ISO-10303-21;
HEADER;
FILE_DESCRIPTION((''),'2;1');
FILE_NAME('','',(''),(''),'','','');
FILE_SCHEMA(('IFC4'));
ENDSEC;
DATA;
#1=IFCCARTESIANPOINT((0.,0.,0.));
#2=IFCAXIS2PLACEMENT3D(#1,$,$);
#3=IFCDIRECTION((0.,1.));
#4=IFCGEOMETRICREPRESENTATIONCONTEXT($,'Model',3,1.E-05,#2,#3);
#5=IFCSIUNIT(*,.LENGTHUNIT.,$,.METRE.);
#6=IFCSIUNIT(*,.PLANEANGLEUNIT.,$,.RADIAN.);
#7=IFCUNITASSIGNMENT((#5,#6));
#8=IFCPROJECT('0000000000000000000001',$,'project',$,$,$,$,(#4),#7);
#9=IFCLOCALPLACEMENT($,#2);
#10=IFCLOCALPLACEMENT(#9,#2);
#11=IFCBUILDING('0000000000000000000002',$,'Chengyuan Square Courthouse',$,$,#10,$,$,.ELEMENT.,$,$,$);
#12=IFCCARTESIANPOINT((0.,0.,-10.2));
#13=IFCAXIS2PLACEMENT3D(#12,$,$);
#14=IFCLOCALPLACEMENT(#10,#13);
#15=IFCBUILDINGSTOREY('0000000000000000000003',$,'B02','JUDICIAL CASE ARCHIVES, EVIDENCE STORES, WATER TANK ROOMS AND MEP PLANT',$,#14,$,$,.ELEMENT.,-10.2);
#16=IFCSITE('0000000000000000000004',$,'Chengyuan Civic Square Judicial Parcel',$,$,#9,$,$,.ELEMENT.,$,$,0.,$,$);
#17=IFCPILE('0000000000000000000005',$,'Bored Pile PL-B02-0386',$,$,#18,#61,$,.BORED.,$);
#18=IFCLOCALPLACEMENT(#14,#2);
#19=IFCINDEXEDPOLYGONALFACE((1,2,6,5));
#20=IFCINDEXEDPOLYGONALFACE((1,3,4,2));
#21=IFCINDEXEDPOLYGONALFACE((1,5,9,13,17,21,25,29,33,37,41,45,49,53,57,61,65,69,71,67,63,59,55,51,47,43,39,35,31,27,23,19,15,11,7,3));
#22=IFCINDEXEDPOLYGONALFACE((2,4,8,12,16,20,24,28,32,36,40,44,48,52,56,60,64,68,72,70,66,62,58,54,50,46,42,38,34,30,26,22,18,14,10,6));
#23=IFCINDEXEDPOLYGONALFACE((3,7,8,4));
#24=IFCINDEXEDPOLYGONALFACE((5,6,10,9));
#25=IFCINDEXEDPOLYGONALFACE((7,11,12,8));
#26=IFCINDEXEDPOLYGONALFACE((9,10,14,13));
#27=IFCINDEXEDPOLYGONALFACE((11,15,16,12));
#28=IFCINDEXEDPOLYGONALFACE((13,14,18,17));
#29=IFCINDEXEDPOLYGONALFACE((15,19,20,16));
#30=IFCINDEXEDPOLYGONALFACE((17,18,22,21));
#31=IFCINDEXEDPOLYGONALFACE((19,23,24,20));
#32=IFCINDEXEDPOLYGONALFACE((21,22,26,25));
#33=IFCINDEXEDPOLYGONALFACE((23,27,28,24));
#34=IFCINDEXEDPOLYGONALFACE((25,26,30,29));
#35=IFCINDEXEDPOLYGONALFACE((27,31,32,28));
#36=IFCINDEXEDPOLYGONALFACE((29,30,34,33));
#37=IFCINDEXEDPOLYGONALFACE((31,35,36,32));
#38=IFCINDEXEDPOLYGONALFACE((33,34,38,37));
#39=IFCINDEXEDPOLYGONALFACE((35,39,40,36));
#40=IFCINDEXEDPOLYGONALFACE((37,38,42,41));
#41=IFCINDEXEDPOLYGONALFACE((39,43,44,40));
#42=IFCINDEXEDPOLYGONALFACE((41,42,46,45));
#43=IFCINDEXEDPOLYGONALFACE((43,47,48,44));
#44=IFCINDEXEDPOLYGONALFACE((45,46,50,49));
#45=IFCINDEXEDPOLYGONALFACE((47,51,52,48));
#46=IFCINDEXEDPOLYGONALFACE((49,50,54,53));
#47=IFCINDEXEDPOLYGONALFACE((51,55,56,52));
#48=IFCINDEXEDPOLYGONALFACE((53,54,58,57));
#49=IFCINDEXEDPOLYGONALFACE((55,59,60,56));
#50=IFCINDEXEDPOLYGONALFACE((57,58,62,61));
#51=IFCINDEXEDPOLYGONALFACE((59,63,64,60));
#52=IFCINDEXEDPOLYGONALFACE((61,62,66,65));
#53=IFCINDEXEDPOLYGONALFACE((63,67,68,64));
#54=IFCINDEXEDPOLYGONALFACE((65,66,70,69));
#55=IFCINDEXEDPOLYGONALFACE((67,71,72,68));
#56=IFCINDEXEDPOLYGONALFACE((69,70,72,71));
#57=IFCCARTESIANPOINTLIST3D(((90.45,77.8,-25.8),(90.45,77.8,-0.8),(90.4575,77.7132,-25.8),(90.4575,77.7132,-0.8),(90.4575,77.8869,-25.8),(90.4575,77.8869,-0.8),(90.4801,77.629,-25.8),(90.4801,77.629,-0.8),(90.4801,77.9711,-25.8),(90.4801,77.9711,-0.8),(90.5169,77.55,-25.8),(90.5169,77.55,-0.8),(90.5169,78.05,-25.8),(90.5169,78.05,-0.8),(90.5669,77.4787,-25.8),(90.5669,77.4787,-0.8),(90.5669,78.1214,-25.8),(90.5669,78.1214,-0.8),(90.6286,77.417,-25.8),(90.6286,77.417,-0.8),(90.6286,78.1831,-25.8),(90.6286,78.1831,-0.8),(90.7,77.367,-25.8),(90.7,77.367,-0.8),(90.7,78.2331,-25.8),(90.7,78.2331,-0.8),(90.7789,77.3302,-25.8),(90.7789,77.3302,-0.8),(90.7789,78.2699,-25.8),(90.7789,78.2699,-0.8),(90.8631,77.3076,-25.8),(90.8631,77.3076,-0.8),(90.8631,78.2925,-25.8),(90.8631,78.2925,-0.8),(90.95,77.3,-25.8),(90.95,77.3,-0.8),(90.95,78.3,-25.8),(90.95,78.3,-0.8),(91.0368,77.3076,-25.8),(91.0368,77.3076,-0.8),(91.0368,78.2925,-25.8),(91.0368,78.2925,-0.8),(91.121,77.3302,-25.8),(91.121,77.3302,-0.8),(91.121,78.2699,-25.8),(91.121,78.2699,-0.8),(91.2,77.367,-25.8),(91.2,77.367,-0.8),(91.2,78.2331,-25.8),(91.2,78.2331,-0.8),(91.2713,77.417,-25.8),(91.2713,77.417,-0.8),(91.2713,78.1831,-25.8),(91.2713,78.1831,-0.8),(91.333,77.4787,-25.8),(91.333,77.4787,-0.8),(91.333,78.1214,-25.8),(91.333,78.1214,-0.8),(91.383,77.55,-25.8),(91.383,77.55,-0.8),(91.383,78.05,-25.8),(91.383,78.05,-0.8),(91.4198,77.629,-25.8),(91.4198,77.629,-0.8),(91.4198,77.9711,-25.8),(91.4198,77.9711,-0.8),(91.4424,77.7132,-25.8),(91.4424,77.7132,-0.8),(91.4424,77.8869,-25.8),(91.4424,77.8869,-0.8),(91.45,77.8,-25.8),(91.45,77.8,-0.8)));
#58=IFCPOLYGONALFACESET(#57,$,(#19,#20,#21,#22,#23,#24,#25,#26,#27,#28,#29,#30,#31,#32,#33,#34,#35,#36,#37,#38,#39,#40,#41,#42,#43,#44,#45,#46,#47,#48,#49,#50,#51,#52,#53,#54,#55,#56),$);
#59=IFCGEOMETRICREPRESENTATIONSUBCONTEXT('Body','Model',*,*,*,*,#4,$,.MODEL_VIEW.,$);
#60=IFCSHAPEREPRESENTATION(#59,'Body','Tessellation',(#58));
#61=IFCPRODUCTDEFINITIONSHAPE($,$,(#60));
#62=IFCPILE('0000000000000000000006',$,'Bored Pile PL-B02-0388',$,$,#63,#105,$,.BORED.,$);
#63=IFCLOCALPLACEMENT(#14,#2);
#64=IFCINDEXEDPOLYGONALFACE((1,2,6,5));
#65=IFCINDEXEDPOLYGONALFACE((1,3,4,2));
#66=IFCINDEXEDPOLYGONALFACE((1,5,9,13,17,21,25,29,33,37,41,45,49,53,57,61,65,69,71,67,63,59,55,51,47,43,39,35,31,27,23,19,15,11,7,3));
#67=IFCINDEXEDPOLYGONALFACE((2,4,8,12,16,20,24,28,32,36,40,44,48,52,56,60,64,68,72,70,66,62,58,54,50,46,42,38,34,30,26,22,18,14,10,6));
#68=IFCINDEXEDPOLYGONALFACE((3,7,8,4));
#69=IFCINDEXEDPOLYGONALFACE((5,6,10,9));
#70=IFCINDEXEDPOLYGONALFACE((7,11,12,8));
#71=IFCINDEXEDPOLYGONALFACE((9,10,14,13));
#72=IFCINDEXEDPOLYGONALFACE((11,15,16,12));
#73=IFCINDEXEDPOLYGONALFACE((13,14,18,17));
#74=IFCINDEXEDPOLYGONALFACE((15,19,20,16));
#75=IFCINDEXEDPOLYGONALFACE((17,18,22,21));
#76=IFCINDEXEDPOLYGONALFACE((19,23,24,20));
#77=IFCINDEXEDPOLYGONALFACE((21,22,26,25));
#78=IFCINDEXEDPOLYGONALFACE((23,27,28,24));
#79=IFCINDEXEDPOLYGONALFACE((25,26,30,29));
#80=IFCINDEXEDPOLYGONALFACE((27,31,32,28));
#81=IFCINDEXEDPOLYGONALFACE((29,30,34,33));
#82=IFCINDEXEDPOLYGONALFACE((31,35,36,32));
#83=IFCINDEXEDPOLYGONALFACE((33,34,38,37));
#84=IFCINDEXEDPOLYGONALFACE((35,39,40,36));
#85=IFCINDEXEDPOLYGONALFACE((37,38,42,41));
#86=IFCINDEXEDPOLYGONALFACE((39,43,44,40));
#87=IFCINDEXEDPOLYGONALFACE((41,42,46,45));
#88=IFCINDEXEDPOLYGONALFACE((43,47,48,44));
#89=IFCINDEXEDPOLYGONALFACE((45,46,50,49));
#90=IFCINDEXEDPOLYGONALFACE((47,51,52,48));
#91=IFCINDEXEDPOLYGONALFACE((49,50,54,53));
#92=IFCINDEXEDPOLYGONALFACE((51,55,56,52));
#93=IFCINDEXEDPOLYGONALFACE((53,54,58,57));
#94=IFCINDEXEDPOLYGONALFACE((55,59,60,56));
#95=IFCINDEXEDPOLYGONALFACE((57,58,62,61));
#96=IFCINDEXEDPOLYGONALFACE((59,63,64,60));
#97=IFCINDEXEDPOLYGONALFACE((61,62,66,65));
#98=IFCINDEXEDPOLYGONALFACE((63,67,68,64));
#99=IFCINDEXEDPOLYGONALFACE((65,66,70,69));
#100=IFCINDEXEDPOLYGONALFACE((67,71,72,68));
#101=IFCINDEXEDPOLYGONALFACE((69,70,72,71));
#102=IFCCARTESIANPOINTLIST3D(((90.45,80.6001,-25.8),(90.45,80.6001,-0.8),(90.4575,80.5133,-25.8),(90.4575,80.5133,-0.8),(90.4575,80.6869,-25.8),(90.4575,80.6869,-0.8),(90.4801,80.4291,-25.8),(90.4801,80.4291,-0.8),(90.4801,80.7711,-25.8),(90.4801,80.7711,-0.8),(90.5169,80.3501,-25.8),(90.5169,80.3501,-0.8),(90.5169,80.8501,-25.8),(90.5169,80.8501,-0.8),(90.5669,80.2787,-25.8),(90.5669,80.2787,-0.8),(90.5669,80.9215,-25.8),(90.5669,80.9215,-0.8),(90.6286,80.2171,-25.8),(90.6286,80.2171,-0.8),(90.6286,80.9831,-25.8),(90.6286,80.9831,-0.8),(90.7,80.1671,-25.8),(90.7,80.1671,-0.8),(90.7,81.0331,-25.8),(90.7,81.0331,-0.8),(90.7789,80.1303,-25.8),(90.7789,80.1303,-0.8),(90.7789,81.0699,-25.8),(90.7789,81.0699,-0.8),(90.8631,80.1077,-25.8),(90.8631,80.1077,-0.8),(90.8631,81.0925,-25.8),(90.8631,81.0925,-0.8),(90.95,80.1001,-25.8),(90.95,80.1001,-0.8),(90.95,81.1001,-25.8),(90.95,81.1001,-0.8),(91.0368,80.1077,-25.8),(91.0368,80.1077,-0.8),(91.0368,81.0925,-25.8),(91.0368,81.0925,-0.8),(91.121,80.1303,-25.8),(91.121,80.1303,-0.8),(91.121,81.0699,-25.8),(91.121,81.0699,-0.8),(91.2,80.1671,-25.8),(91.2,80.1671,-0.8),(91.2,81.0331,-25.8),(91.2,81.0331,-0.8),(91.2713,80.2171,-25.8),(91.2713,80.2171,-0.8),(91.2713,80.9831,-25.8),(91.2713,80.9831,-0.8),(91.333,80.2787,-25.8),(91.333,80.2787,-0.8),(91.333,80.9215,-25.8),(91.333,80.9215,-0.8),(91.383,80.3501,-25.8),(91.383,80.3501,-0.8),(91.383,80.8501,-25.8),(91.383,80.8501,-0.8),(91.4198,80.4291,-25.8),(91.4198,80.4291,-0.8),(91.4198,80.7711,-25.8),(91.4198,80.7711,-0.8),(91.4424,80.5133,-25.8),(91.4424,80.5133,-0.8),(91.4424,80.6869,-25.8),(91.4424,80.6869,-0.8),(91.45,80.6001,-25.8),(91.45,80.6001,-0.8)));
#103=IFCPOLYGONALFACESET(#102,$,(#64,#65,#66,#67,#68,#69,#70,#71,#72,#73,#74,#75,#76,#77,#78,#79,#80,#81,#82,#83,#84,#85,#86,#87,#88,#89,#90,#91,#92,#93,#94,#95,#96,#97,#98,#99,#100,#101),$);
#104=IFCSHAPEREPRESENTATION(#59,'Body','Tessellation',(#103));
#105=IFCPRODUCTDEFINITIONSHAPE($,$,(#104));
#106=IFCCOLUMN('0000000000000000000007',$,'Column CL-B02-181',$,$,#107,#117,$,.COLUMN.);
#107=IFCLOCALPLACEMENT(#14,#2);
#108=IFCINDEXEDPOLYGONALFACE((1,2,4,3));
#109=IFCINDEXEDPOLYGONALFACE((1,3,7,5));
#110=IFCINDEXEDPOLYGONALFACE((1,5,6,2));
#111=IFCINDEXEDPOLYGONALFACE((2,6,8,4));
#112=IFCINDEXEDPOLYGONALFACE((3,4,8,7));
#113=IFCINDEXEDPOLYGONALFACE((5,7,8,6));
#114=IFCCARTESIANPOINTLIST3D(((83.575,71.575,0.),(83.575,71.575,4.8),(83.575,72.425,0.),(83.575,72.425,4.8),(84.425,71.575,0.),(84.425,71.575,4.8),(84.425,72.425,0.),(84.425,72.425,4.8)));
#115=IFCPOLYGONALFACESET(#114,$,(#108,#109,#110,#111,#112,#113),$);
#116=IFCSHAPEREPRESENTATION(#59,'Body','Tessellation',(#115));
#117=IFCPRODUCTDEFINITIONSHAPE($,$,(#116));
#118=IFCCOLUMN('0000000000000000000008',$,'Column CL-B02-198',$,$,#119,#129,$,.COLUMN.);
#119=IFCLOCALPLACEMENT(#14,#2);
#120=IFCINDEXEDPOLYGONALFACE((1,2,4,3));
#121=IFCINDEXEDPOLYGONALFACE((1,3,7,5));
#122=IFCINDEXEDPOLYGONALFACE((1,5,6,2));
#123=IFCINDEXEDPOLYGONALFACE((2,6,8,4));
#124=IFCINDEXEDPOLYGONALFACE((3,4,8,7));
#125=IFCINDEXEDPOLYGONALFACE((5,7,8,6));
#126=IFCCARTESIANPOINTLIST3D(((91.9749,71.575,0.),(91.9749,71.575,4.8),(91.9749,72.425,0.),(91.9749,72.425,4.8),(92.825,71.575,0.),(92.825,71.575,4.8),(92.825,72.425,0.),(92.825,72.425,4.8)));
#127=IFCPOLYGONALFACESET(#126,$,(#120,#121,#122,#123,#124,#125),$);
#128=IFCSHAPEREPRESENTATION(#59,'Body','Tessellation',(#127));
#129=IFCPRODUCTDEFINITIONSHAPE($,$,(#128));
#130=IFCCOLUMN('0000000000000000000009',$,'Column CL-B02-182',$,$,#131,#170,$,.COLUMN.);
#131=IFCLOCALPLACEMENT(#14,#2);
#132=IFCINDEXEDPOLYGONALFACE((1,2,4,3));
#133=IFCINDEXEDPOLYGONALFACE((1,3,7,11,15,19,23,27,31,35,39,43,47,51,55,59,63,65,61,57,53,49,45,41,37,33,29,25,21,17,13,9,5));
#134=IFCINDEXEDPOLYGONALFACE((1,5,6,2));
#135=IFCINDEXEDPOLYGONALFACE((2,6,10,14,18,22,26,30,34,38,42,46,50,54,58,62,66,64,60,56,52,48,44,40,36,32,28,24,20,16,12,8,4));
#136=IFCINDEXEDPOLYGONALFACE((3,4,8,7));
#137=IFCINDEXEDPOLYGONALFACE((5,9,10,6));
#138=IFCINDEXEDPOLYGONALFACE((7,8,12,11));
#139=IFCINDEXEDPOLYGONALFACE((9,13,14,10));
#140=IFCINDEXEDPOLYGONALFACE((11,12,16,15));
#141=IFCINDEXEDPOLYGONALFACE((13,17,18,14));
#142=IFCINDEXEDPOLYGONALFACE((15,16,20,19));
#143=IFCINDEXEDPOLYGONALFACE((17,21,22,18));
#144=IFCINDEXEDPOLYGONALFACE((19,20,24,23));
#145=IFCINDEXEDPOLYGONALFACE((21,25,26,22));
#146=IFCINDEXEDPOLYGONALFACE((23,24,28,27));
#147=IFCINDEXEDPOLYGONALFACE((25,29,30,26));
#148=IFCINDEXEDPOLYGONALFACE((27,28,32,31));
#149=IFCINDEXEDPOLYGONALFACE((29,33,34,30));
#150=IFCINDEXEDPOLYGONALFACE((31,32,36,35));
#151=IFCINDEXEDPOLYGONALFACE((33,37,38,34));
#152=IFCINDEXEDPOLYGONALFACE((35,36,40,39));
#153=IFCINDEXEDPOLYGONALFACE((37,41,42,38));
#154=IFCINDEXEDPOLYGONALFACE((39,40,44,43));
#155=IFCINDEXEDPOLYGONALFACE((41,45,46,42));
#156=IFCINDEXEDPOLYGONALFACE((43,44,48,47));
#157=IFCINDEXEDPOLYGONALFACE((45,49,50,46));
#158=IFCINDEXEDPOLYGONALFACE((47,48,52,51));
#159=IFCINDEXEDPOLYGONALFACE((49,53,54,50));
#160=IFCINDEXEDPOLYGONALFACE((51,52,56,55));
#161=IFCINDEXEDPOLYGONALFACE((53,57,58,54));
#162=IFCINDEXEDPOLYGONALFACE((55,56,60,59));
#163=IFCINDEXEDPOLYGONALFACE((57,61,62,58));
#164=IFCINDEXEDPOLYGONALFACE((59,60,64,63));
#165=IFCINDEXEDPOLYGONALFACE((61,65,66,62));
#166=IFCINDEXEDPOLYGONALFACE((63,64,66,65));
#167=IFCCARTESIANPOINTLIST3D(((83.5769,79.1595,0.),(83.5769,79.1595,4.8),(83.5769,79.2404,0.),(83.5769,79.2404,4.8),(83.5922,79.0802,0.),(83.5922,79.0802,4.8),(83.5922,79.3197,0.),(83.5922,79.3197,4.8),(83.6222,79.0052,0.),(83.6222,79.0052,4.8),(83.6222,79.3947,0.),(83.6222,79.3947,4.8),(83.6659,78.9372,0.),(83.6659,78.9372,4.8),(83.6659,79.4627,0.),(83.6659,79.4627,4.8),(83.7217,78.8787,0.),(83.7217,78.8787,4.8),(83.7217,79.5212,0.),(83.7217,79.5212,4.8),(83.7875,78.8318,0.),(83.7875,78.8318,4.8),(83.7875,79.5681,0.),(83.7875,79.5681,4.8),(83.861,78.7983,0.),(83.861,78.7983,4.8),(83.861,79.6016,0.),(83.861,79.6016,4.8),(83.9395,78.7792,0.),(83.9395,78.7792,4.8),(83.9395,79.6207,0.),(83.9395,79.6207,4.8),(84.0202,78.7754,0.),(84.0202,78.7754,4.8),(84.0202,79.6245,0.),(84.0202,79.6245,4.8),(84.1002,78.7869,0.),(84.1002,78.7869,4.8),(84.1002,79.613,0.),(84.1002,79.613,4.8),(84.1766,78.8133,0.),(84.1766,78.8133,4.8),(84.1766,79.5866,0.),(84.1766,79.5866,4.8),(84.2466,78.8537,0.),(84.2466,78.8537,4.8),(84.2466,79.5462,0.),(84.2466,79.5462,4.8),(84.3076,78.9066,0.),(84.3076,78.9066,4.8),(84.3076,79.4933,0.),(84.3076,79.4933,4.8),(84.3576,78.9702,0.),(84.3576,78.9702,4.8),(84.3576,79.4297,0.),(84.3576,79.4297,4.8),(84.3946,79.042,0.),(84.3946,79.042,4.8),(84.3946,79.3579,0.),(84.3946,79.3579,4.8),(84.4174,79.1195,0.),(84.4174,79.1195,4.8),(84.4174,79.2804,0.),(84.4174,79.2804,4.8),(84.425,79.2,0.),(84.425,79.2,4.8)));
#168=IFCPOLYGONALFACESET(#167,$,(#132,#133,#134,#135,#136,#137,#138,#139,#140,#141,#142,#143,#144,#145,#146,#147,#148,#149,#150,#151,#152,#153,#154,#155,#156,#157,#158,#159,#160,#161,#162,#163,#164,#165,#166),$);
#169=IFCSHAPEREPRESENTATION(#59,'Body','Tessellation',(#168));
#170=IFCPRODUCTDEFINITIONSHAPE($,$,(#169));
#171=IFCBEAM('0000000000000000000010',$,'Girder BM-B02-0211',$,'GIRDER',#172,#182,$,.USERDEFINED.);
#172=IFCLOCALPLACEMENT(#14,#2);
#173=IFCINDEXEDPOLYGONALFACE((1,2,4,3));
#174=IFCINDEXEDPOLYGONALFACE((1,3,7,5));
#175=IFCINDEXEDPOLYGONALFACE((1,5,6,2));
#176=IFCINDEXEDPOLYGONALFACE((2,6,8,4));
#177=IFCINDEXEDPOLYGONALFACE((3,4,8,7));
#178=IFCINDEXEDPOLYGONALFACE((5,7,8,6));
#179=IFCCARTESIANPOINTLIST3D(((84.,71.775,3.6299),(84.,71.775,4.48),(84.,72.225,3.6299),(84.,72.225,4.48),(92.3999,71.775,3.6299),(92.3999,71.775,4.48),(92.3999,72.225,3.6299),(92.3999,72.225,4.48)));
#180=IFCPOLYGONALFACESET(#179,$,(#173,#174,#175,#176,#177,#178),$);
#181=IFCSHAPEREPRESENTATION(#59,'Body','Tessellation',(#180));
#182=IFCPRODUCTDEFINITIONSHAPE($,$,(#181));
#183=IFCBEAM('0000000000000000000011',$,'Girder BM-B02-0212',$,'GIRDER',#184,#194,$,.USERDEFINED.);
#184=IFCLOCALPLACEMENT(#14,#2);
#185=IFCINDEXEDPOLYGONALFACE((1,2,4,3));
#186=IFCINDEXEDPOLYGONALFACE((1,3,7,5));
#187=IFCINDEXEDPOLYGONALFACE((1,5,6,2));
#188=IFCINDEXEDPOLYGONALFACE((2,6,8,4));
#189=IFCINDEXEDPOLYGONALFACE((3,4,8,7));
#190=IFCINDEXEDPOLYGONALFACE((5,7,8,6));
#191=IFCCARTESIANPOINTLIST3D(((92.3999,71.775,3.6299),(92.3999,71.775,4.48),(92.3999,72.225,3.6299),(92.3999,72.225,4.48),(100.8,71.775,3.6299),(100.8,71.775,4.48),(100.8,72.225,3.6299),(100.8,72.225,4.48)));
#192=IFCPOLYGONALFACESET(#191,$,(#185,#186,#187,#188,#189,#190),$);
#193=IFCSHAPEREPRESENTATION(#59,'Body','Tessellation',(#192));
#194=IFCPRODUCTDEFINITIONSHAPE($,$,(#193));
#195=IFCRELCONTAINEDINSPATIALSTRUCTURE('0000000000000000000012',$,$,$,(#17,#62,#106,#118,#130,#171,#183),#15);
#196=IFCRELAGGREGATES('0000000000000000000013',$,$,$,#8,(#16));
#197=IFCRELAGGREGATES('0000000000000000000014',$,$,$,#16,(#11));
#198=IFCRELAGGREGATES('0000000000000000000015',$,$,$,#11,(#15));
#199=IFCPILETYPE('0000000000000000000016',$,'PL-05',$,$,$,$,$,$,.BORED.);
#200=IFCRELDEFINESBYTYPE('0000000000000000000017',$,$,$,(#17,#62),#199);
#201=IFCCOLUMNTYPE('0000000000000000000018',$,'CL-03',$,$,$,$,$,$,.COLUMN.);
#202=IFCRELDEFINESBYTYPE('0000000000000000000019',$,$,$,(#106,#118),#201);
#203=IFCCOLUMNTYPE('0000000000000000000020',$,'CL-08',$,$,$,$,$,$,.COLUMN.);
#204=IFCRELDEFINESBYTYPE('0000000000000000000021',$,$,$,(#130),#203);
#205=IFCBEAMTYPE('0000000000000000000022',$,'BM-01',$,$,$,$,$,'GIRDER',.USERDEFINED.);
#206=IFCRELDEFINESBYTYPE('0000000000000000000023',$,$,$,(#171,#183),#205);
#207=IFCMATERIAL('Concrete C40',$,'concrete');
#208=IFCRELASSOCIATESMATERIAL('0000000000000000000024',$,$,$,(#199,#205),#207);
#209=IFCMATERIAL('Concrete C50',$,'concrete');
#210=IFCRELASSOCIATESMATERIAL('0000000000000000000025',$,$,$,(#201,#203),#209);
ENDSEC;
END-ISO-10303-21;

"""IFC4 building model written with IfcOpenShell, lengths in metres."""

from ifc_helpers import new_model, si_unit, direction, frame, origin, origin_2d, place, context, subcontext, project, spatial, rectangle, circle, extrude, material, material_profile, profile_set, type_object, element, save


model = new_model("IFC4")

# Units and contexts
model_context = context("Model", 3, precision=1e-05, world=origin(), true_north=direction((0.0, 1.0)))
body_context = subcontext(model_context, "Body", "Model", "MODEL_VIEW")
ifc_project = project(units=[si_unit("LENGTHUNIT", "METRE"), si_unit("PLANEANGLEUNIT", "RADIAN")], contexts=[model_context])

# Site, building, storey
site_placement = place(None, origin())
site = spatial("IfcSite", under=ifc_project, at=site_placement, Name="Chengyuan Civic Square Judicial Parcel", CompositionType="ELEMENT", RefElevation=0.0)
building_placement = place(site_placement, origin())
building = spatial("IfcBuilding", under=site, at=building_placement, Name="Chengyuan Square Courthouse", CompositionType="ELEMENT")
storey_placement = place(building_placement, frame((0.0, 0.0, -10.2)))
storey = spatial("IfcBuildingStorey", under=building, at=storey_placement, Name="B02", Description="JUDICIAL CASE ARCHIVES, EVIDENCE STORES, WATER TANK ROOMS AND MEP PLANT", CompositionType="ELEMENT", Elevation=-10.2)

# Shared definitions
ifc_material_1 = material(Name="Concrete C40", Category="concrete")

# Piles
ifc_material_profile_1 = material_profile(ifc_material_1, circle(Radius=0.5, at=origin_2d()), Name="BORED PILE D1000")
ifc_profile_set_1 = profile_set([ifc_material_profile_1], Name="Concrete C40")
pile_type_1 = type_object("IfcPileType", Name="PL-05", PredefinedType="BORED", material=ifc_profile_set_1)
for number, where, z_axis, x_axis, name in (
    (1, (90.95, 77.8, -0.8), (0.0, 0.0, -1.0), (1.0, 0.0, 0.0), "Bored Pile PL-B02-0386"),
    (2, (90.95, 80.6001, -0.8), (0.0, 0.0, -1.0), (1.0, 0.0, 0.0), "Bored Pile PL-B02-0388"),
):
    element("IfcPile", number, at=place(storey_placement, frame(where, z_axis=z_axis, x_axis=x_axis)), inside=storey, type_object=pile_type_1, Name=name, PredefinedType="BORED", context=body_context, shape_type="SweptSolid", body=[
        extrude(circle(Radius=0.5, at=origin_2d()), origin(), (0.0, 0.0, 1.0), 25.0),
    ])

# Columns
ifc_material_2 = material(Name="Concrete C50", Category="concrete")
ifc_material_profile_2 = material_profile(ifc_material_2, rectangle(XDim=0.8501, YDim=0.8501, at=origin_2d()), Name="RC-COL-850x850")
ifc_profile_set_2 = profile_set([ifc_material_profile_2], Name="Concrete C50")
column_type_1 = type_object("IfcColumnType", Name="CL-03", PredefinedType="COLUMN", material=ifc_profile_set_2)
for number, where, z_axis, x_axis, name in (
    (3, (84.0, 72.0, 0.0), (0.0, 0.0, 1.0), (1.0, 0.0, 0.0), "Column CL-B02-181"),
    (4, (92.3999, 72.0, 0.0), (0.0, 0.0, 1.0), (1.0, 0.0, 0.0), "Column CL-B02-198"),
):
    element("IfcColumn", number, at=place(storey_placement, frame(where, z_axis=z_axis, x_axis=x_axis)), inside=storey, type_object=column_type_1, Name=name, PredefinedType="COLUMN", context=body_context, shape_type="SweptSolid", body=[
        extrude(rectangle(XDim=0.8501, YDim=0.8501, at=origin_2d()), origin(), (0.0, 0.0, 1.0), 4.8),
    ])
ifc_material_profile_3 = material_profile(ifc_material_2, circle(Radius=0.425, at=origin_2d()), Name="RC-COL-D850")
ifc_profile_set_3 = profile_set([ifc_material_profile_3], Name="Concrete C50")
column_type_2 = type_object("IfcColumnType", Name="CL-08", PredefinedType="COLUMN", material=ifc_profile_set_3)
column_placement = place(storey_placement, frame((84.0, 79.2, 0.0), z_axis=(0.0, 0.0, 1.0), x_axis=(1.0, 0.0, 0.0)))
element("IfcColumn", 5, at=column_placement, inside=storey, type_object=column_type_2, Name="Column CL-B02-182", PredefinedType="COLUMN", context=body_context, shape_type="SweptSolid", body=[
    extrude(circle(Radius=0.425, at=origin_2d()), origin(), (0.0, 0.0, 1.0), 4.8),
])

# Beams
ifc_material_profile_4 = material_profile(ifc_material_1, rectangle(XDim=0.45, YDim=0.8501, at=origin_2d()), Name="RC-BM-450x850")
ifc_profile_set_4 = profile_set([ifc_material_profile_4], Name="Concrete C40")
beam_type_1 = type_object("IfcBeamType", Name="BM-01", ElementType="GIRDER", PredefinedType="USERDEFINED", material=ifc_profile_set_4)
beam_1_placement = place(storey_placement, frame((84.0, 72.0, 4.0549), z_axis=(1.0, 0.0, 0.0), x_axis=(0.0, 1.0, 0.0)))
element("IfcBeam", 6, at=beam_1_placement, inside=storey, type_object=beam_type_1, Name="Girder BM-B02-0211", ObjectType="GIRDER", PredefinedType="USERDEFINED", context=body_context, shape_type="SweptSolid", body=[
    extrude(rectangle(XDim=0.45, YDim=0.8501, at=origin_2d()), origin(), (0.0, 0.0, 1.0), 8.3999),
])
beam_2_placement = place(storey_placement, frame((92.3999, 72.0, 4.0549), z_axis=(1.0, 0.0, 0.0), x_axis=(0.0, 1.0, 0.0)))
element("IfcBeam", 7, at=beam_2_placement, inside=storey, type_object=beam_type_1, Name="Girder BM-B02-0212", ObjectType="GIRDER", PredefinedType="USERDEFINED", context=body_context, shape_type="SweptSolid", body=[
    extrude(rectangle(XDim=0.45, YDim=0.8501, at=origin_2d()), origin(), (0.0, 0.0, 1.0), 8.4001),
])

save(model, "model.ifc")
